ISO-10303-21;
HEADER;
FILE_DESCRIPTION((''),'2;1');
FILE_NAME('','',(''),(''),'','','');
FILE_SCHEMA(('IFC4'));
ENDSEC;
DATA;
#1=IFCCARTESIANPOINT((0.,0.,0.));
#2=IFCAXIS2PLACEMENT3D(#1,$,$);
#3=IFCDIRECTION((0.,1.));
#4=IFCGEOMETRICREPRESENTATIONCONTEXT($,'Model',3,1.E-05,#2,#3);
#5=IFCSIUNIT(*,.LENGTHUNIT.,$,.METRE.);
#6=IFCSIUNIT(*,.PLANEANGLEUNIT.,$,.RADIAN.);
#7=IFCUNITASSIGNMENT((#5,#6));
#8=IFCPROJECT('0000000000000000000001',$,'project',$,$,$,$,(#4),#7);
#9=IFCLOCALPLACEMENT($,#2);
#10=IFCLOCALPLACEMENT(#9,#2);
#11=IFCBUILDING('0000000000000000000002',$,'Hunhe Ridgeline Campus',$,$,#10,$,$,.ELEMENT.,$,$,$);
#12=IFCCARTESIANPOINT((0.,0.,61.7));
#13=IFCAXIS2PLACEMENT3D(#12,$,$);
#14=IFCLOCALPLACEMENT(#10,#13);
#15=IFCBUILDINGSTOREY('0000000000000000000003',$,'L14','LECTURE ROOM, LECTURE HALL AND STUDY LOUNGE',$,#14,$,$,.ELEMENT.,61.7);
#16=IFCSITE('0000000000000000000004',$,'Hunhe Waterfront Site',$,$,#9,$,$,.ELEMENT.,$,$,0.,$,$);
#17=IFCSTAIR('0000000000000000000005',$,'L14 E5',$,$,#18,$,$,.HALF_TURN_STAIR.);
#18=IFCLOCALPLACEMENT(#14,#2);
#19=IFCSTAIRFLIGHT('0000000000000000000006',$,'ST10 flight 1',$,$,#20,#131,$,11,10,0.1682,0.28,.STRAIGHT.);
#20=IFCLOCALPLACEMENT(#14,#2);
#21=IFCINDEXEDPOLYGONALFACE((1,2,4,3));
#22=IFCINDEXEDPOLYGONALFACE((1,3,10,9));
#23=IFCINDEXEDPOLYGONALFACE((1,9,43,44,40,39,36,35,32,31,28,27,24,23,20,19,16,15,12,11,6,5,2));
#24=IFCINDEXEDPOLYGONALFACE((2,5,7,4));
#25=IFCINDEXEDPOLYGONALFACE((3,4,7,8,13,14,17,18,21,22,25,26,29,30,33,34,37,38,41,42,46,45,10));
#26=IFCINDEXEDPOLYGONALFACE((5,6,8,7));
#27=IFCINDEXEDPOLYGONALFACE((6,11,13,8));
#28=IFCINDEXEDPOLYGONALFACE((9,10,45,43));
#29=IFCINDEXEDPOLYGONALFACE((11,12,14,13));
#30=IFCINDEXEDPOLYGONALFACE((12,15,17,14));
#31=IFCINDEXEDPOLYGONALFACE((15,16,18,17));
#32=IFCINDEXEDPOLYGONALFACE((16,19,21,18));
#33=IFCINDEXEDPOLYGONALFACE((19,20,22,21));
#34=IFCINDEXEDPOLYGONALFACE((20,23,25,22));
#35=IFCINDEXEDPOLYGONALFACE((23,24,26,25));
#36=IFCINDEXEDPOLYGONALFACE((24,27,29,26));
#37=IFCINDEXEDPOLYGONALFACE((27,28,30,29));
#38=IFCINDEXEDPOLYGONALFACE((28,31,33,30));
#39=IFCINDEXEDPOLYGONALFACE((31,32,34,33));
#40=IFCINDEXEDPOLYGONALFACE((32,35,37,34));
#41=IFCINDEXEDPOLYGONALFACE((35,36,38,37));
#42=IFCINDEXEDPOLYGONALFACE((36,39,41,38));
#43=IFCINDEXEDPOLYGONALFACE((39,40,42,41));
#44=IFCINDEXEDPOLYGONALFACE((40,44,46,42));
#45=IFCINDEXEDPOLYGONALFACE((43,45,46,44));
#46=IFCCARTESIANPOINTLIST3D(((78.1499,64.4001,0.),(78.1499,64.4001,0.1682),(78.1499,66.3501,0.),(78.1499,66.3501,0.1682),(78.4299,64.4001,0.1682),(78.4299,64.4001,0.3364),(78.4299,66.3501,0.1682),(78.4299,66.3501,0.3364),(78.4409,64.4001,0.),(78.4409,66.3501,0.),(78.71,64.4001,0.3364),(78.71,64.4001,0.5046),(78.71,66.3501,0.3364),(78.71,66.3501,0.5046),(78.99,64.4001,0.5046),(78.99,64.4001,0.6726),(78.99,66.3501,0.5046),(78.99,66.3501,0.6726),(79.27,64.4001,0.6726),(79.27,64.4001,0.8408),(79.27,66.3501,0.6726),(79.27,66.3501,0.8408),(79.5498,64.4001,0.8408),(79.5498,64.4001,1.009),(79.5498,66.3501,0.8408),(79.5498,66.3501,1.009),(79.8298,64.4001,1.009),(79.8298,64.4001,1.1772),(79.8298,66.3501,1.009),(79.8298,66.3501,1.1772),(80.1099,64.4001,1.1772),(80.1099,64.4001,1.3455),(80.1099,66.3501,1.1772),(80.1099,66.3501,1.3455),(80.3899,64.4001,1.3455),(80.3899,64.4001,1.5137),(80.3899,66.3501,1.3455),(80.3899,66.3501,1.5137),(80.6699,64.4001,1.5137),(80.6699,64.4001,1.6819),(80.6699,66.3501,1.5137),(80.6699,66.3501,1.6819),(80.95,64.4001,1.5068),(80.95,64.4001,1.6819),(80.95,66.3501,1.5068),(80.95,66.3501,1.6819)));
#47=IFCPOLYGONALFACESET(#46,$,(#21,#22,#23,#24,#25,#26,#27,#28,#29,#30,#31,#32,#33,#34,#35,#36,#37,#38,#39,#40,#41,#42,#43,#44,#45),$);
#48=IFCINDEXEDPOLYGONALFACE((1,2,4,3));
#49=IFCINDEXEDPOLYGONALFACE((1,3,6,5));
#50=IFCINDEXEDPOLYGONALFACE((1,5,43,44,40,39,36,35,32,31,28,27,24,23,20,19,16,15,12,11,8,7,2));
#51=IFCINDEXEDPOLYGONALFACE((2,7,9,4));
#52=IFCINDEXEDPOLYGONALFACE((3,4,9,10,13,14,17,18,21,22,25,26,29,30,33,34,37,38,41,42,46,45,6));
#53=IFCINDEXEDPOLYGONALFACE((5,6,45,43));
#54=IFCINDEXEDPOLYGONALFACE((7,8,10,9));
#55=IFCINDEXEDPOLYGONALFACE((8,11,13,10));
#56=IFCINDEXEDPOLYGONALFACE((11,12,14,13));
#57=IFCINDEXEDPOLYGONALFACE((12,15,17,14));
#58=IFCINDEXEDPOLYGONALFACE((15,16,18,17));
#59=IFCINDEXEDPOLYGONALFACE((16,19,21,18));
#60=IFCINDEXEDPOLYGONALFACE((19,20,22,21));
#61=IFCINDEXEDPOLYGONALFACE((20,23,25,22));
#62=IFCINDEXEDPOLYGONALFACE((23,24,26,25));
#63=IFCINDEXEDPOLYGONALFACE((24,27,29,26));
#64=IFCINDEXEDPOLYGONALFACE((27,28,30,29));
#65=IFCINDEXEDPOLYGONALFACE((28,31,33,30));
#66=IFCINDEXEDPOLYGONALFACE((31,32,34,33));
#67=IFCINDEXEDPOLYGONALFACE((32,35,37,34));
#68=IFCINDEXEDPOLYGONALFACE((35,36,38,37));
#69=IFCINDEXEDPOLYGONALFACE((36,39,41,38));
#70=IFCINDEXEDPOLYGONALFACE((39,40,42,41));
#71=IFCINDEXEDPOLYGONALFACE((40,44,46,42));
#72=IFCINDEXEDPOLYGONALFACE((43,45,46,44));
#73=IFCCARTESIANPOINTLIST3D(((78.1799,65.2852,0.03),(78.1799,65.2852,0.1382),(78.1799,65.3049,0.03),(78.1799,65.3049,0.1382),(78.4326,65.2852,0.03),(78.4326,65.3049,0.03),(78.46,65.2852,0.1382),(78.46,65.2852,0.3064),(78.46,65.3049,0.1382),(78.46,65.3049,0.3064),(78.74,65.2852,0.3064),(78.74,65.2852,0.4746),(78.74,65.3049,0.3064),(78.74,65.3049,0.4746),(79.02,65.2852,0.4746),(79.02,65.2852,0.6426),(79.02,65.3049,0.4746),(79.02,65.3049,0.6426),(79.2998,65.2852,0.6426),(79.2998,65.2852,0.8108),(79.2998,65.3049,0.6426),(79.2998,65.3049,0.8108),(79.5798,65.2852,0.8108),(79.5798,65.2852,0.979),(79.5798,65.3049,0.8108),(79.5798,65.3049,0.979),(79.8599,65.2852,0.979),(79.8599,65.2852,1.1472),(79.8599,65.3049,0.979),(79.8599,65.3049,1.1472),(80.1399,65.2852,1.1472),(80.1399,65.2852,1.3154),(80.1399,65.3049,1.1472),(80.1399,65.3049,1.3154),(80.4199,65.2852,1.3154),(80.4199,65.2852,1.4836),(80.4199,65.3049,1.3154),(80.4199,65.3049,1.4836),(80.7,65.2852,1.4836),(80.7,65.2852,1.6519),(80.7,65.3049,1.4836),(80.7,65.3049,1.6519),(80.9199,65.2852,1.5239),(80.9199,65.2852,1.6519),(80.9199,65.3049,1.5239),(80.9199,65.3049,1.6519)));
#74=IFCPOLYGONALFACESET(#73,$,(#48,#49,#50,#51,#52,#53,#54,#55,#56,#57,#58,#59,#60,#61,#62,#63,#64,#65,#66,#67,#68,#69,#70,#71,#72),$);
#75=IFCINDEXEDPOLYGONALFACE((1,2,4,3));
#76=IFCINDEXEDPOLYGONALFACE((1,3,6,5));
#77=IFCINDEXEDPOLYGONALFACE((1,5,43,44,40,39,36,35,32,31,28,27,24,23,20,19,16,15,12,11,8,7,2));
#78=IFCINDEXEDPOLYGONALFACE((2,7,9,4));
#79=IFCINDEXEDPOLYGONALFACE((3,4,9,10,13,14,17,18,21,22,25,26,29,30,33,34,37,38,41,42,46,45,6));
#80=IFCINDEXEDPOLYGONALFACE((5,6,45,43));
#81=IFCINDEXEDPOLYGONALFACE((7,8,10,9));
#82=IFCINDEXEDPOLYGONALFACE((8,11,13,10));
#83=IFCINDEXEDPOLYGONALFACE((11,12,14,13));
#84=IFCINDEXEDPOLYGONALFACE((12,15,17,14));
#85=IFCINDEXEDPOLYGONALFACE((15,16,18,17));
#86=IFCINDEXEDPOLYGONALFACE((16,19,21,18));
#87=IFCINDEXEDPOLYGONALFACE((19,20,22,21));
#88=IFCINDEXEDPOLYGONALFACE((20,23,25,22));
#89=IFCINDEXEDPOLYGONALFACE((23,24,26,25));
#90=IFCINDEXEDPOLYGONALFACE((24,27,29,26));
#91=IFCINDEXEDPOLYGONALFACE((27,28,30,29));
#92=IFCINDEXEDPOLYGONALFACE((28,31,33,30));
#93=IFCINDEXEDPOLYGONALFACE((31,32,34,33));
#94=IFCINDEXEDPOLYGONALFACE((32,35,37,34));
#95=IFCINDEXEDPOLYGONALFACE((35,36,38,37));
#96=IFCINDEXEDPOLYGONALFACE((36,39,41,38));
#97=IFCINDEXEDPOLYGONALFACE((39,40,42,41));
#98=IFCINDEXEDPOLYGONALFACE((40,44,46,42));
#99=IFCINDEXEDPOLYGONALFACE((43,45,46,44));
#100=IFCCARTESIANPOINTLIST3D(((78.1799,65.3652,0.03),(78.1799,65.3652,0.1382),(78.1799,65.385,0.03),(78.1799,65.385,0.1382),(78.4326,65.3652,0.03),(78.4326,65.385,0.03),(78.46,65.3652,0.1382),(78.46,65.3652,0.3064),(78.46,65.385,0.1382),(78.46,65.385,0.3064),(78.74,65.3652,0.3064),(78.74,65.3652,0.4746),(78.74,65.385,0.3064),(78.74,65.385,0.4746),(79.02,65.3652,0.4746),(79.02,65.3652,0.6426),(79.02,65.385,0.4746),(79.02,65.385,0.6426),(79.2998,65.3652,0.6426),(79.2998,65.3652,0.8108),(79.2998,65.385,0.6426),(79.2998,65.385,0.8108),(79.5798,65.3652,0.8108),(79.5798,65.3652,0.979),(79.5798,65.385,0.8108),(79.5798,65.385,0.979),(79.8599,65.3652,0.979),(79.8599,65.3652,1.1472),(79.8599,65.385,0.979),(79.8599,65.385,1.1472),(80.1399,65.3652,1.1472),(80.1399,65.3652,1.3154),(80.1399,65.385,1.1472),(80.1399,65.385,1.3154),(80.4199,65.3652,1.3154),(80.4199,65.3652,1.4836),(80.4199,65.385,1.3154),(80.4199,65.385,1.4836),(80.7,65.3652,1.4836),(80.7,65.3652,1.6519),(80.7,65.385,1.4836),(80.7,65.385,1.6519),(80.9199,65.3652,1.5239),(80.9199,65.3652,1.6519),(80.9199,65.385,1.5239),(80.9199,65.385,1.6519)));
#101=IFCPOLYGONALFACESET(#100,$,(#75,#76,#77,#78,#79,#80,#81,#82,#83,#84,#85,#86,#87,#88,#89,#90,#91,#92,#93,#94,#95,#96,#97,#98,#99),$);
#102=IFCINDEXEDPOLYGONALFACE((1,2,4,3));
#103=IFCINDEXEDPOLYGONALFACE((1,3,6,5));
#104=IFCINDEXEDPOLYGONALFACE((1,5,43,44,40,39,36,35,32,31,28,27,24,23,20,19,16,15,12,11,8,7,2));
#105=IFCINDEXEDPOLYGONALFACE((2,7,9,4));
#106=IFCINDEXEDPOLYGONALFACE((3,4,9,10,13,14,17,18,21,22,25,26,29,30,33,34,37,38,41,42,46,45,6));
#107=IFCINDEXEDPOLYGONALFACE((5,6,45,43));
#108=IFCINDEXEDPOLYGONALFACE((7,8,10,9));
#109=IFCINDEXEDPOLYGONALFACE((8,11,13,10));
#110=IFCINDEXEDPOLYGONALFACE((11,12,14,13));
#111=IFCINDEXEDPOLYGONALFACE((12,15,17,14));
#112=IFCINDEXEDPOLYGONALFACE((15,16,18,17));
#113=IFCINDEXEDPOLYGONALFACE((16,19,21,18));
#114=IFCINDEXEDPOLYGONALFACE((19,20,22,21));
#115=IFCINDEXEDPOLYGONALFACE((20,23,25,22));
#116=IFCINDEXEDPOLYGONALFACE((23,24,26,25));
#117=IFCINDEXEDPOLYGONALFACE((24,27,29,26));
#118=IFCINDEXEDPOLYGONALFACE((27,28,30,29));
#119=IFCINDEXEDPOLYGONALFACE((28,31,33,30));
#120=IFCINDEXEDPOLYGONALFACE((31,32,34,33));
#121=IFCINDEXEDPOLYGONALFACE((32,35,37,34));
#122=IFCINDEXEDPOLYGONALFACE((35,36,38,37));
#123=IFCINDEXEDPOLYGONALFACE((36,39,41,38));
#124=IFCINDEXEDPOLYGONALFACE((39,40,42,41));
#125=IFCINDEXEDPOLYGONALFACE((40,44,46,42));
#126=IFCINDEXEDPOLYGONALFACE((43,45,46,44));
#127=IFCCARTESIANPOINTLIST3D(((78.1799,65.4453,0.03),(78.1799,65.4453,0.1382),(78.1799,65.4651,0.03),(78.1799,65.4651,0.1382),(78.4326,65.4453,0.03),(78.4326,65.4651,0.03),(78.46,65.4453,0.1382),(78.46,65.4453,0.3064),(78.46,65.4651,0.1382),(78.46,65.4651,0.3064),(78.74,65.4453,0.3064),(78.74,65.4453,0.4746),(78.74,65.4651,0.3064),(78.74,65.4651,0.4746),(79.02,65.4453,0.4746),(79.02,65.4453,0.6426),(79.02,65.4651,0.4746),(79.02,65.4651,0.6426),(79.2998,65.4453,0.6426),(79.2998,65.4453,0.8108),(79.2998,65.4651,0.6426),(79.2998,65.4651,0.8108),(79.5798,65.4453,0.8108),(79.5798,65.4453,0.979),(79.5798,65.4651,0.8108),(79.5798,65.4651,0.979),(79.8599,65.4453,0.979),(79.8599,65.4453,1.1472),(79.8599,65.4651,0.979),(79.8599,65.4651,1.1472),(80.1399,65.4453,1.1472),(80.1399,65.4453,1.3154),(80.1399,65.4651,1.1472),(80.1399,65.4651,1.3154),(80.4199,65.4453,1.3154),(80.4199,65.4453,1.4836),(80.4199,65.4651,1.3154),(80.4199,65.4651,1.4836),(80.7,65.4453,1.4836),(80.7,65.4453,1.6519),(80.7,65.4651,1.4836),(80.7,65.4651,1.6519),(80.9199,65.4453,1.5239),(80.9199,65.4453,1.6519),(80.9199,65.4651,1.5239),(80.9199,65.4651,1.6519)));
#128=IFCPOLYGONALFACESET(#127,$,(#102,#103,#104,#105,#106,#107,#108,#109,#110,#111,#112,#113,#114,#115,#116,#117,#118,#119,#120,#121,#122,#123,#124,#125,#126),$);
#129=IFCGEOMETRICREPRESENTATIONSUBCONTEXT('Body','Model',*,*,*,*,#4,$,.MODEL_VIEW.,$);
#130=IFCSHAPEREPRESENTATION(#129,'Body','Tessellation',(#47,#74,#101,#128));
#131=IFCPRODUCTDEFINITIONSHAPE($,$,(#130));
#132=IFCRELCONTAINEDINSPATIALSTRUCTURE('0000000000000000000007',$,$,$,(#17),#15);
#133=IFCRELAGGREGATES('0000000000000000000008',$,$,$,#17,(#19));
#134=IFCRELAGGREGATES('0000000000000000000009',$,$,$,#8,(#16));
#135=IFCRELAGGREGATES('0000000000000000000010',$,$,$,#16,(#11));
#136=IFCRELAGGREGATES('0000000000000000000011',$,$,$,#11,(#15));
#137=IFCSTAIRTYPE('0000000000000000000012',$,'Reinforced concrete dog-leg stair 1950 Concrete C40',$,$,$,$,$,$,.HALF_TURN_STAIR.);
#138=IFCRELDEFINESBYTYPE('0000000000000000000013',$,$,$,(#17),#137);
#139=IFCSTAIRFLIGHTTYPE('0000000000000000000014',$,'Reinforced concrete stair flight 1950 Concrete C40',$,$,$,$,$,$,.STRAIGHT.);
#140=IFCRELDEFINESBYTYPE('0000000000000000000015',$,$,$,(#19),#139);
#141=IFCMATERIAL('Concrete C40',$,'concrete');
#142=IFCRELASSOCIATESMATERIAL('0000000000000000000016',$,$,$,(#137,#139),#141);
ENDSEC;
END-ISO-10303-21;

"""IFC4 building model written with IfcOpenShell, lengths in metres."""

from ifc_helpers import new_model, si_unit, direction, frame, origin, place, context, subcontext, project, spatial, polyline, outline, extrude, material, type_object, element, aggregate, save


model = new_model("IFC4")

# Units and contexts
model_context = context("Model", 3, precision=1e-05, world=origin(), true_north=direction((0.0, 1.0)))
body_context = subcontext(model_context, "Body", "Model", "MODEL_VIEW")
ifc_project = project(units=[si_unit("LENGTHUNIT", "METRE"), si_unit("PLANEANGLEUNIT", "RADIAN")], contexts=[model_context])

# Site, building, storey
site_placement = place(None, origin())
site = spatial("IfcSite", under=ifc_project, at=site_placement, Name="Hunhe Waterfront Site", CompositionType="ELEMENT", RefElevation=0.0)
building_placement = place(site_placement, origin())
building = spatial("IfcBuilding", under=site, at=building_placement, Name="Hunhe Ridgeline Campus", CompositionType="ELEMENT")
storey_placement = place(building_placement, frame((0.0, 0.0, 61.7)))
storey = spatial("IfcBuildingStorey", under=building, at=storey_placement, Name="L14", Description="LECTURE ROOM, LECTURE HALL AND STUDY LOUNGE", CompositionType="ELEMENT", Elevation=61.7)

# Stair, stair flight
ifc_material_1 = material(Name="Concrete C40", Category="concrete")
stair_type = type_object("IfcStairType", Name="Reinforced concrete dog-leg stair 1950 Concrete C40", PredefinedType="HALF_TURN_STAIR", material=ifc_material_1)
stair_placement = place(storey_placement, origin())
stair = element("IfcStair", 1, at=stair_placement, inside=storey, type_object=stair_type, Name="L14 E5", PredefinedType="HALF_TURN_STAIR")
stair_flight_type = type_object("IfcStairFlightType", Name="Reinforced concrete stair flight 1950 Concrete C40", PredefinedType="STRAIGHT", material=ifc_material_1)
stair_flight_1_placement = place(storey_placement, frame((78.1499, 65.375, 0.0), z_axis=(0.0, 0.0, 1.0), x_axis=(1.0, 0.0, 0.0)))
stair_flight_1 = element("IfcStairFlight", 2, at=stair_flight_1_placement, type_object=stair_flight_type, Name="ST10 flight 1", NumberOfRisers=11, NumberOfTreads=10, PredefinedType="STRAIGHT", RiserHeight=0.1682, TreadLength=0.28, context=body_context, shape_type="SweptSolid", body=[
    extrude(outline(polyline([(0.0, 0.0), (0.0, 0.1682), (0.28, 0.1682), (0.28, 0.3364), (0.5601, 0.3364), (0.5601, 0.5046), (0.8401, 0.5046), (0.8401, 0.6726), (1.1201, 0.6726), (1.1201, 0.8408), (1.3999, 0.8408), (1.3999, 1.009), (1.6799, 1.009), (1.6799, 1.1772), (1.96, 1.1772), (1.96, 1.3455), (2.24, 1.3455), (2.24, 1.5137), (2.52, 1.5137), (2.52, 1.6819), (2.8, 1.6819), (2.8, 1.8501), (2.8, 1.5068), (0.291, 0.0), (0.0, 0.0)])), frame((0.0, 0.9751, 0.0), z_axis=(0.0, -1.0, 0.0), x_axis=(1.0, 0.0, 0.0)), (0.0, 0.0, 1.0), 1.95),
    extrude(outline(polyline([(0.03, 0.03), (0.03, 0.1382), (0.3101, 0.1382), (0.3101, 0.3064), (0.5901, 0.3064), (0.5901, 0.4746), (0.8701, 0.4746), (0.8701, 0.6426), (1.1499, 0.6426), (1.1499, 0.8108), (1.4299, 0.8108), (1.4299, 0.979), (1.71, 0.979), (1.71, 1.1472), (1.99, 1.1472), (1.99, 1.3154), (2.27, 1.3154), (2.27, 1.4836), (2.55, 1.4836), (2.55, 1.6519), (2.77, 1.6519), (2.77, 1.5239), (0.2827, 0.03), (0.03, 0.03)])), frame((0.0, -0.0701, 0.0), z_axis=(0.0, -1.0, 0.0), x_axis=(1.0, 0.0, 0.0)), (0.0, 0.0, 1.0), 0.0198),
    extrude(outline(polyline([(0.03, 0.03), (0.03, 0.1382), (0.3101, 0.1382), (0.3101, 0.3064), (0.5901, 0.3064), (0.5901, 0.4746), (0.8701, 0.4746), (0.8701, 0.6426), (1.1499, 0.6426), (1.1499, 0.8108), (1.4299, 0.8108), (1.4299, 0.979), (1.71, 0.979), (1.71, 1.1472), (1.99, 1.1472), (1.99, 1.3154), (2.27, 1.3154), (2.27, 1.4836), (2.55, 1.4836), (2.55, 1.6519), (2.77, 1.6519), (2.77, 1.5239), (0.2827, 0.03), (0.03, 0.03)])), frame((0.0, 0.01, 0.0), z_axis=(0.0, -1.0, 0.0), x_axis=(1.0, 0.0, 0.0)), (0.0, 0.0, 1.0), 0.0198),
    extrude(outline(polyline([(0.03, 0.03), (0.03, 0.1382), (0.3101, 0.1382), (0.3101, 0.3064), (0.5901, 0.3064), (0.5901, 0.4746), (0.8701, 0.4746), (0.8701, 0.6426), (1.1499, 0.6426), (1.1499, 0.8108), (1.4299, 0.8108), (1.4299, 0.979), (1.71, 0.979), (1.71, 1.1472), (1.99, 1.1472), (1.99, 1.3154), (2.27, 1.3154), (2.27, 1.4836), (2.55, 1.4836), (2.55, 1.6519), (2.77, 1.6519), (2.77, 1.5239), (0.2827, 0.03), (0.03, 0.03)])), frame((0.0, 0.0901, 0.0), z_axis=(0.0, -1.0, 0.0), x_axis=(1.0, 0.0, 0.0)), (0.0, 0.0, 1.0), 0.0198),
])
aggregate(stair, [stair_flight_1])

save(model, "model.ifc")
